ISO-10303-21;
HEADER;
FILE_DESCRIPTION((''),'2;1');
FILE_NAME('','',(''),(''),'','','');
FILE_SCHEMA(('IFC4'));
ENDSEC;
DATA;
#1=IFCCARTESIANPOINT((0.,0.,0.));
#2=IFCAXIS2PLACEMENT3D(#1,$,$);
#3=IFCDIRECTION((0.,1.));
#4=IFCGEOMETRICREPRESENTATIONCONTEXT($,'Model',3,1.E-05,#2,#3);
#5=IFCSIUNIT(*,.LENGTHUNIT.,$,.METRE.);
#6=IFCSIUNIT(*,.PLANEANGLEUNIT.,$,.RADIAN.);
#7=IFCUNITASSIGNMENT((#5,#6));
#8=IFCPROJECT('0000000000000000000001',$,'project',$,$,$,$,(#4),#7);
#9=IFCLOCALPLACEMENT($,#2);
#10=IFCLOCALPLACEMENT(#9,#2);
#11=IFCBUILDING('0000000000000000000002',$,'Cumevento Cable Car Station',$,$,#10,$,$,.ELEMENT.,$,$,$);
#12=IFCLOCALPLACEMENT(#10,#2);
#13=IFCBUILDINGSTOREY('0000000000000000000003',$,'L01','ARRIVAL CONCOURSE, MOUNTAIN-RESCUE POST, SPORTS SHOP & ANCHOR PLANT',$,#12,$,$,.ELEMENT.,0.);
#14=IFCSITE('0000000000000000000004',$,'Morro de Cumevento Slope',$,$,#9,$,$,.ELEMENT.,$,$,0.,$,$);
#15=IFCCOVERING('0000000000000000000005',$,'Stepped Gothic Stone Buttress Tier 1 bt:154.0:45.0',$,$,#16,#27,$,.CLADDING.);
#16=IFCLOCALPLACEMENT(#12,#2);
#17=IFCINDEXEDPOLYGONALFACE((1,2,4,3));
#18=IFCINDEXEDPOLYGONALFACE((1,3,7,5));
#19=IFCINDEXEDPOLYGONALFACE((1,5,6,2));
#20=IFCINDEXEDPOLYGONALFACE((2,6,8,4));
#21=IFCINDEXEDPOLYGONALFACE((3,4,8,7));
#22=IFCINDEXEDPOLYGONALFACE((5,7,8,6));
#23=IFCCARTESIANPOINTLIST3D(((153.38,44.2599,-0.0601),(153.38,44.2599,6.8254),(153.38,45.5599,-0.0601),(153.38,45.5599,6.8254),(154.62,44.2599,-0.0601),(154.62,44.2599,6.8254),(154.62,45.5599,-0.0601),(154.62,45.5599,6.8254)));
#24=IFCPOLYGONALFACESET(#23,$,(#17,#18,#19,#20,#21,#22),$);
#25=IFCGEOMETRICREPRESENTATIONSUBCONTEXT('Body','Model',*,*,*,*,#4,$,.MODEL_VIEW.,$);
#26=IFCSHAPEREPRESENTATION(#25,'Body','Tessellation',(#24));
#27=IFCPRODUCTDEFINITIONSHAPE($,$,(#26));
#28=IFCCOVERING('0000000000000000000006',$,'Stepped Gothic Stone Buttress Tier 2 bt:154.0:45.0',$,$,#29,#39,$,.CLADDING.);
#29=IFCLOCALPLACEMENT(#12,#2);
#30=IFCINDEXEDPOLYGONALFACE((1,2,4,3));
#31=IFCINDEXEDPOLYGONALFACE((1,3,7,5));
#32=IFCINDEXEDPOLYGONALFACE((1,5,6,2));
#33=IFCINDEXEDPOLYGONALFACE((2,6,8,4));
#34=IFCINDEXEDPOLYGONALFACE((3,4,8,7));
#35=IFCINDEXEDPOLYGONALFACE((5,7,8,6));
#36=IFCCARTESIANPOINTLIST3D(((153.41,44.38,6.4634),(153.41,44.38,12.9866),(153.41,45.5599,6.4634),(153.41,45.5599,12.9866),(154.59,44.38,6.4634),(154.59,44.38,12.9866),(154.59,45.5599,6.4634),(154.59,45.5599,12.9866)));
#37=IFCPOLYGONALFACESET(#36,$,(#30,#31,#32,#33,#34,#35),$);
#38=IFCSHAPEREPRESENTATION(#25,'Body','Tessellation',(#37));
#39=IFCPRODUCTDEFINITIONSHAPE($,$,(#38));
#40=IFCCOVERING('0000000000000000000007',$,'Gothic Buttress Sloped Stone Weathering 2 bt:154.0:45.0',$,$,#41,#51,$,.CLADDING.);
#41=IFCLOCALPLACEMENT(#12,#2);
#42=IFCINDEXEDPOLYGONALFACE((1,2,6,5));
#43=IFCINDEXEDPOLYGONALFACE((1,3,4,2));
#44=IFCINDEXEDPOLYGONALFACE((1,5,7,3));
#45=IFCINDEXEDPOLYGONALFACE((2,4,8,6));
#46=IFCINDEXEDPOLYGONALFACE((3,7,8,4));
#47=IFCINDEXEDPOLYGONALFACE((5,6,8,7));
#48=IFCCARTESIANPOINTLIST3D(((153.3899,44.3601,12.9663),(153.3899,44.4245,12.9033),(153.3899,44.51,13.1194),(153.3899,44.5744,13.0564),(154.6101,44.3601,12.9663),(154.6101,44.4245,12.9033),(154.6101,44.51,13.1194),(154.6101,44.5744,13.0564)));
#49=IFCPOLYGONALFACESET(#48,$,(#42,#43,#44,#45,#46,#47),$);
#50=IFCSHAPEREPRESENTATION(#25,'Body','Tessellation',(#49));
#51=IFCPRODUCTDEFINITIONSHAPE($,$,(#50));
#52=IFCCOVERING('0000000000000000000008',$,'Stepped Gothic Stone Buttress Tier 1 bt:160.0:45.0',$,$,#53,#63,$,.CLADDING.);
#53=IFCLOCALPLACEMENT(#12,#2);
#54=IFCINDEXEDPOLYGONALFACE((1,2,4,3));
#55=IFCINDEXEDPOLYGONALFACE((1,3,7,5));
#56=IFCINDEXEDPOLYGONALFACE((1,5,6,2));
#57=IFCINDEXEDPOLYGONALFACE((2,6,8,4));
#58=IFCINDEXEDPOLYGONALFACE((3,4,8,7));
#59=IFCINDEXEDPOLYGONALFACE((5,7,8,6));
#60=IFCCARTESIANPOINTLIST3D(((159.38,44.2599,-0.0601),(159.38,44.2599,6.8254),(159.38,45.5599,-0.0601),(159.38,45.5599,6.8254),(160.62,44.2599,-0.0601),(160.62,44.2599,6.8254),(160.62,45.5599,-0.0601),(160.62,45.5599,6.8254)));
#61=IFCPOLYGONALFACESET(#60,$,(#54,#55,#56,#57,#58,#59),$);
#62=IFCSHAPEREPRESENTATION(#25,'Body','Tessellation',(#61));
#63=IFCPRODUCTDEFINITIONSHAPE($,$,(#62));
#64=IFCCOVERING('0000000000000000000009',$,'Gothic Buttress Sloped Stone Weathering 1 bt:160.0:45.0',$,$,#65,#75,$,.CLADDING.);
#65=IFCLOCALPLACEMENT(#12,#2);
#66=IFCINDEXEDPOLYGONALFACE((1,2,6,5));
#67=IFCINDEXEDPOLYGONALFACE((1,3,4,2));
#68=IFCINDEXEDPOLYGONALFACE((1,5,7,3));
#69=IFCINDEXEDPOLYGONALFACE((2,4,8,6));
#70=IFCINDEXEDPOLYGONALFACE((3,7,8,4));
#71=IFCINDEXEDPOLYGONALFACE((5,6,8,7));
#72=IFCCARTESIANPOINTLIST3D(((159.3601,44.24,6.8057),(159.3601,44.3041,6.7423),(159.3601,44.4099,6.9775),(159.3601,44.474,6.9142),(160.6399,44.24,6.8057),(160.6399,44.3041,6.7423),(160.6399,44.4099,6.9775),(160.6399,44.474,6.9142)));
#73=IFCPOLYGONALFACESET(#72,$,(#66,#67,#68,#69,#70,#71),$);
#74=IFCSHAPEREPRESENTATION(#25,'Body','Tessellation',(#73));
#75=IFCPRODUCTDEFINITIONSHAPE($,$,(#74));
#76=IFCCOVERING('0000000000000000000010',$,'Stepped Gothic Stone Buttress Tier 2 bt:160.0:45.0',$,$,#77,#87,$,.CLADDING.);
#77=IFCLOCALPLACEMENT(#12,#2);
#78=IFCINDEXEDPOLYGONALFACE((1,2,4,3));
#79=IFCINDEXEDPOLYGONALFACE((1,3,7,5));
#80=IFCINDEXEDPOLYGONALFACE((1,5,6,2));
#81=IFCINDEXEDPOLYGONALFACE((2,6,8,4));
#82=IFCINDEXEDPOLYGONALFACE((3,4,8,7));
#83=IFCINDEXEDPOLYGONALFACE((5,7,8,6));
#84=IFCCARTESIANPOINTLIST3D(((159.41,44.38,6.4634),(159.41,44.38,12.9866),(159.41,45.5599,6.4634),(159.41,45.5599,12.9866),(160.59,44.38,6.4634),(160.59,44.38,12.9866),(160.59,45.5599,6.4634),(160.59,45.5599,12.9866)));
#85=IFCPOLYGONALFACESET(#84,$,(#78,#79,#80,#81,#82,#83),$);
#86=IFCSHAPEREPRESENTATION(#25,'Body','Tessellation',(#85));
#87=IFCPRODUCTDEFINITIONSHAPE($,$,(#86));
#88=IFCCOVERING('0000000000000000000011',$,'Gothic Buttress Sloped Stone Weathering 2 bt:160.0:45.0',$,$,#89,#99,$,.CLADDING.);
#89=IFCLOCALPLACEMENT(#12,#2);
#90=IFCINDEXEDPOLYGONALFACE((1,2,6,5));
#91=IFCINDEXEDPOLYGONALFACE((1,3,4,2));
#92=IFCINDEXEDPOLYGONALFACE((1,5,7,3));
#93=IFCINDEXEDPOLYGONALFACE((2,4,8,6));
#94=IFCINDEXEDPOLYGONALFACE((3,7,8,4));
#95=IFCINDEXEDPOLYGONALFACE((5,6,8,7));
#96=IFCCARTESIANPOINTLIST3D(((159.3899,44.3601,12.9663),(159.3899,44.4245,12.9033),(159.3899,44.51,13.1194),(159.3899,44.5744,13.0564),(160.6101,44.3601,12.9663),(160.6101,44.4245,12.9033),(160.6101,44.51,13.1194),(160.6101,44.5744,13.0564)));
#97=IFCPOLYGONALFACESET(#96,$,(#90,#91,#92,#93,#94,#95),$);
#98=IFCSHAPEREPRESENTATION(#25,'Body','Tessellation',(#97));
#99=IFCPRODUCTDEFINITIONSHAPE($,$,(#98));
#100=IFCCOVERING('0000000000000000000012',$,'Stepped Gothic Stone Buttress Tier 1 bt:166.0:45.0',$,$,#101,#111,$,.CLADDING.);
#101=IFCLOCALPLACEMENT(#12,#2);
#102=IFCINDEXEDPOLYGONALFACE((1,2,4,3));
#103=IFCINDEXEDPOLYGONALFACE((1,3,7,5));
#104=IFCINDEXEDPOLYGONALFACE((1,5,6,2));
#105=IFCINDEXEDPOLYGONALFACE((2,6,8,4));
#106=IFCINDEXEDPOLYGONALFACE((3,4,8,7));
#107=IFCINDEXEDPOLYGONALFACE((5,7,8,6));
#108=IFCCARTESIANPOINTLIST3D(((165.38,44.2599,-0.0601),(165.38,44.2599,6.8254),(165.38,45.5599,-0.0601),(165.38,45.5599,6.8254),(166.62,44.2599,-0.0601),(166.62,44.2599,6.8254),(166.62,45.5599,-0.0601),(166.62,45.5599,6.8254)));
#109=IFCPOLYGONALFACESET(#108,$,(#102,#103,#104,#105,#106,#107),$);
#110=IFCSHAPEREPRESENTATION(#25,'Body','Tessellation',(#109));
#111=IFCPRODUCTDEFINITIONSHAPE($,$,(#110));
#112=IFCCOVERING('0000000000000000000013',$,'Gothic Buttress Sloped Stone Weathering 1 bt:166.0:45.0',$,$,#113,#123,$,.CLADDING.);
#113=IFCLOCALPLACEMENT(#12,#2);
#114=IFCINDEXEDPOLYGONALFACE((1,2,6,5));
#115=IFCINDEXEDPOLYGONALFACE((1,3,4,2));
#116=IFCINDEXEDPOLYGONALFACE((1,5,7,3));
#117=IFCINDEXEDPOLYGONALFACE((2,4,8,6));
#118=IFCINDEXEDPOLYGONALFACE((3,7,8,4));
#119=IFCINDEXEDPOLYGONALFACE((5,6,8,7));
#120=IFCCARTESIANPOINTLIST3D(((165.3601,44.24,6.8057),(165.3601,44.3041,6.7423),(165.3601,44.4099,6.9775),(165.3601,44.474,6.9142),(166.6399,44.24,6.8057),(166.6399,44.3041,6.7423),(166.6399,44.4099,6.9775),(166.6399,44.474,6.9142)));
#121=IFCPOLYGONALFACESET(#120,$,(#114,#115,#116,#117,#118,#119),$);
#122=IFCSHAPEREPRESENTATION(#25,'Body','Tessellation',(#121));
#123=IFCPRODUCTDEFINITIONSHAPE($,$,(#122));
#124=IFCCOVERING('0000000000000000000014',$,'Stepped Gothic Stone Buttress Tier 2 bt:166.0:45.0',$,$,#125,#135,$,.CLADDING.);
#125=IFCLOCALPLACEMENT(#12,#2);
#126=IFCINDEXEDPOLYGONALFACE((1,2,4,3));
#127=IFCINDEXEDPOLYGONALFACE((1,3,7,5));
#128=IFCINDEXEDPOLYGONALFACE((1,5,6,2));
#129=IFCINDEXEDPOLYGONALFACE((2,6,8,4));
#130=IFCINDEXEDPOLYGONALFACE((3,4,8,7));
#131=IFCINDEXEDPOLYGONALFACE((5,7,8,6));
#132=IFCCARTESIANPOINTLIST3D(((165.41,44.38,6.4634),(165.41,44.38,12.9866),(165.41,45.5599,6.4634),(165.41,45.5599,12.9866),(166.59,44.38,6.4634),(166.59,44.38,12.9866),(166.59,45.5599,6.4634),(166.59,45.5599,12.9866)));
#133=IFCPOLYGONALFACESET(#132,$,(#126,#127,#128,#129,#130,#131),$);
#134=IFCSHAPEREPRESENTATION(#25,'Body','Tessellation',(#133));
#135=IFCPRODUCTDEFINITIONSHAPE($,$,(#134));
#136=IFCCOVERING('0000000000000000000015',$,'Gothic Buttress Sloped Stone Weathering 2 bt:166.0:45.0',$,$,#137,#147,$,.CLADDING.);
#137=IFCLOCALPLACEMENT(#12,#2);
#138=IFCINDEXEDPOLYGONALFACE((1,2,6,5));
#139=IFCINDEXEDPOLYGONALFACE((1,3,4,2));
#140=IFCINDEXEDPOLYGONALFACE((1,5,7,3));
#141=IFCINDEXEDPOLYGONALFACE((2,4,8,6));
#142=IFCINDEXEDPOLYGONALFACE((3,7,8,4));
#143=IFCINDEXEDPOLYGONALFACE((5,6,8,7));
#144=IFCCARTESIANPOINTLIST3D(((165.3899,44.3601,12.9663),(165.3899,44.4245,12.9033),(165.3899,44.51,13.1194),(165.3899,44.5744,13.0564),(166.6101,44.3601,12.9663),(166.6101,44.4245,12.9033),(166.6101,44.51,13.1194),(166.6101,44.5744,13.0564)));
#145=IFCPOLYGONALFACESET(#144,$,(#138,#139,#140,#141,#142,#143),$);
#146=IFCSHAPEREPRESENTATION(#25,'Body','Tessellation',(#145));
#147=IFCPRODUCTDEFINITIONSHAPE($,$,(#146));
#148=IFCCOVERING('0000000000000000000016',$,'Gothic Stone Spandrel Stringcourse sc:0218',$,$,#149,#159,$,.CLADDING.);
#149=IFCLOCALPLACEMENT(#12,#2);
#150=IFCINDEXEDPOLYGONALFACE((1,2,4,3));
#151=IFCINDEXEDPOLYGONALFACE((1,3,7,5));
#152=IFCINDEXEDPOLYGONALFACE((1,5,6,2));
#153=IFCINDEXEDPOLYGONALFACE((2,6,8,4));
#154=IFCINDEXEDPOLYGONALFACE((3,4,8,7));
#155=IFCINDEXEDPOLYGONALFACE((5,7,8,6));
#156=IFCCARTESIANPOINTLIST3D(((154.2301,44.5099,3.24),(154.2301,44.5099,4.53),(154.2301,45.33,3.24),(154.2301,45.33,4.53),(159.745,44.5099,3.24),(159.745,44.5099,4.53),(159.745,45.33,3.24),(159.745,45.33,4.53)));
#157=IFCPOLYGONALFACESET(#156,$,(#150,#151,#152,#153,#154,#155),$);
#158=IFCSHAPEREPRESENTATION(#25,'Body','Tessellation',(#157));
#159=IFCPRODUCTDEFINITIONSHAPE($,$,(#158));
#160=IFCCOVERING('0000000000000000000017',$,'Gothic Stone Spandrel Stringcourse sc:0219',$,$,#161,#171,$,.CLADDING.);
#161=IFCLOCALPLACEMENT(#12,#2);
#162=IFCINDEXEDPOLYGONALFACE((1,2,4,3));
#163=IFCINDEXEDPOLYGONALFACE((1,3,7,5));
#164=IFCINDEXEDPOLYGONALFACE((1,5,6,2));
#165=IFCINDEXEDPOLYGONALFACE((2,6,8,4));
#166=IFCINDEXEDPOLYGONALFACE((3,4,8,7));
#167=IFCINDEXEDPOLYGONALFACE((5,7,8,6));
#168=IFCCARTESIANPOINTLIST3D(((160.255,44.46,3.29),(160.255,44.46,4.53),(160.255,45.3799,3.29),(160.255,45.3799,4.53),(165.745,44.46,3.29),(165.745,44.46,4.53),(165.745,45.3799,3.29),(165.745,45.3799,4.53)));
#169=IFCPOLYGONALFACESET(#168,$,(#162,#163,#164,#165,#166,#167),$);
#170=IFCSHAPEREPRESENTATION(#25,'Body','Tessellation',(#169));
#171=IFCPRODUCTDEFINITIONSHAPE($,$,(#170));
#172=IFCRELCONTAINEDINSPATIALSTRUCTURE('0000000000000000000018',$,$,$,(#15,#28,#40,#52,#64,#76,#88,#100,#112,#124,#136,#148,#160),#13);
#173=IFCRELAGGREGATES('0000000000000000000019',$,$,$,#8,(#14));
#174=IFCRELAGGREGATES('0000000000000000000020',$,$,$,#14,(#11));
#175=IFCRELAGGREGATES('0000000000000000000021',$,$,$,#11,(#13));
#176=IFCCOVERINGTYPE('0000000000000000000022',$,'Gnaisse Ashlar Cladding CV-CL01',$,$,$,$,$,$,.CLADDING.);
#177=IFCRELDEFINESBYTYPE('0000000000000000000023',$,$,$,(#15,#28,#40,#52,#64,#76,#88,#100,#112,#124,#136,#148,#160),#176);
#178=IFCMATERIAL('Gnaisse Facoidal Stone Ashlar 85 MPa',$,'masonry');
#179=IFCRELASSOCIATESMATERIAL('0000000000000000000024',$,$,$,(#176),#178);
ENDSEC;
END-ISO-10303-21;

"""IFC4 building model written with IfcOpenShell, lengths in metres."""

from ifc_helpers import new_model, si_unit, direction, frame, origin, origin_2d, place, context, subcontext, project, spatial, polyline, rectangle, outline, extrude, material, type_object, element, save


model = new_model("IFC4")

# Units and contexts
model_context = context("Model", 3, precision=1e-05, world=origin(), true_north=direction((0.0, 1.0)))
body_context = subcontext(model_context, "Body", "Model", "MODEL_VIEW")
ifc_project = project(units=[si_unit("LENGTHUNIT", "METRE"), si_unit("PLANEANGLEUNIT", "RADIAN")], contexts=[model_context])

# Site, building, storey
site_placement = place(None, origin())
site = spatial("IfcSite", under=ifc_project, at=site_placement, Name="Morro de Cumevento Slope", CompositionType="ELEMENT", RefElevation=0.0)
building_placement = place(site_placement, origin())
building = spatial("IfcBuilding", under=site, at=building_placement, Name="Cumevento Cable Car Station", CompositionType="ELEMENT")
storey_placement = place(building_placement, origin())
storey = spatial("IfcBuildingStorey", under=building, at=storey_placement, Name="L01", Description="ARRIVAL CONCOURSE, MOUNTAIN-RESCUE POST, SPORTS SHOP & ANCHOR PLANT", CompositionType="ELEMENT", Elevation=0.0)

# Coverings
ifc_material_1 = material(Name="Gnaisse Facoidal Stone Ashlar 85 MPa", Category="masonry")
covering_type = type_object("IfcCoveringType", Name="Gnaisse Ashlar Cladding CV-CL01", PredefinedType="CLADDING", material=ifc_material_1)
covering_1_placement = place(storey_placement, frame((154.0, 44.9099, -0.0601), z_axis=(0.0, 0.0, 1.0), x_axis=(1.0, 0.0, 0.0)))
element("IfcCovering", 1, at=covering_1_placement, inside=storey, type_object=covering_type, Name="Stepped Gothic Stone Buttress Tier 1 bt:154.0:45.0", PredefinedType="CLADDING", context=body_context, shape_type="SweptSolid", body=[
    extrude(rectangle(XDim=1.24, YDim=1.3, at=origin_2d()), origin(), (0.0, 0.0, 1.0), 6.8855),
])
covering_2_placement = place(storey_placement, frame((154.0, 44.97, 6.4634), z_axis=(0.0, 0.0, 1.0), x_axis=(1.0, 0.0, 0.0)))
element("IfcCovering", 2, at=covering_2_placement, inside=storey, type_object=covering_type, Name="Stepped Gothic Stone Buttress Tier 2 bt:154.0:45.0", PredefinedType="CLADDING", context=body_context, shape_type="SweptSolid", body=[
    extrude(rectangle(XDim=1.1799, YDim=1.1799, at=origin_2d()), origin(), (0.0, 0.0, 1.0), 6.5232),
])
covering_3_placement = place(storey_placement, frame((153.3899, 44.3601, 12.9663), z_axis=(0.0, -0.714475, 0.699661), x_axis=(1.0, 0.0, 0.0)))
element("IfcCovering", 3, at=covering_3_placement, inside=storey, type_object=covering_type, Name="Gothic Buttress Sloped Stone Weathering 2 bt:154.0:45.0", PredefinedType="CLADDING", context=body_context, shape_type="SweptSolid", body=[
    extrude(outline(polyline([(0.0, 0.0), (1.2202, 0.0), (1.2202, 0.2142), (0.0, 0.2142), (0.0, 0.0)])), origin(), (0.0, 0.0, -1.0), 0.0901),
])
covering_4_placement = place(storey_placement, frame((160.0, 44.9099, -0.0601), z_axis=(0.0, 0.0, 1.0), x_axis=(1.0, 0.0, 0.0)))
element("IfcCovering", 4, at=covering_4_placement, inside=storey, type_object=covering_type, Name="Stepped Gothic Stone Buttress Tier 1 bt:160.0:45.0", PredefinedType="CLADDING", context=body_context, shape_type="SweptSolid", body=[
    extrude(rectangle(XDim=1.24, YDim=1.3, at=origin_2d()), origin(), (0.0, 0.0, 1.0), 6.8855),
])
covering_5_placement = place(storey_placement, frame((159.3601, 44.24, 6.8057), z_axis=(0.0, -0.711136, 0.703055), x_axis=(1.0, 0.0, 0.0)))
element("IfcCovering", 5, at=covering_5_placement, inside=storey, type_object=covering_type, Name="Gothic Buttress Sloped Stone Weathering 1 bt:160.0:45.0", PredefinedType="CLADDING", context=body_context, shape_type="SweptSolid", body=[
    extrude(outline(polyline([(0.0, 0.0), (1.2798, 0.0), (1.2798, 0.2417), (0.0, 0.2417), (0.0, 0.0)])), origin(), (0.0, 0.0, -1.0), 0.0901),
])
covering_6_placement = place(storey_placement, frame((160.0, 44.97, 6.4634), z_axis=(0.0, 0.0, 1.0), x_axis=(1.0, 0.0, 0.0)))
element("IfcCovering", 6, at=covering_6_placement, inside=storey, type_object=covering_type, Name="Stepped Gothic Stone Buttress Tier 2 bt:160.0:45.0", PredefinedType="CLADDING", context=body_context, shape_type="SweptSolid", body=[
    extrude(rectangle(XDim=1.1799, YDim=1.1799, at=origin_2d()), origin(), (0.0, 0.0, 1.0), 6.5232),
])
covering_7_placement = place(storey_placement, frame((159.3899, 44.3601, 12.9663), z_axis=(0.0, -0.714475, 0.699661), x_axis=(1.0, 0.0, 0.0)))
element("IfcCovering", 7, at=covering_7_placement, inside=storey, type_object=covering_type, Name="Gothic Buttress Sloped Stone Weathering 2 bt:160.0:45.0", PredefinedType="CLADDING", context=body_context, shape_type="SweptSolid", body=[
    extrude(outline(polyline([(0.0, 0.0), (1.2202, 0.0), (1.2202, 0.2142), (0.0, 0.2142), (0.0, 0.0)])), origin(), (0.0, 0.0, -1.0), 0.0901),
])
covering_8_placement = place(storey_placement, frame((166.0, 44.9099, -0.0601), z_axis=(0.0, 0.0, 1.0), x_axis=(1.0, 0.0, 0.0)))
element("IfcCovering", 8, at=covering_8_placement, inside=storey, type_object=covering_type, Name="Stepped Gothic Stone Buttress Tier 1 bt:166.0:45.0", PredefinedType="CLADDING", context=body_context, shape_type="SweptSolid", body=[
    extrude(rectangle(XDim=1.24, YDim=1.3, at=origin_2d()), origin(), (0.0, 0.0, 1.0), 6.8855),
])
covering_9_placement = place(storey_placement, frame((165.3601, 44.24, 6.8057), z_axis=(0.0, -0.711136, 0.703055), x_axis=(1.0, 0.0, 0.0)))
element("IfcCovering", 9, at=covering_9_placement, inside=storey, type_object=covering_type, Name="Gothic Buttress Sloped Stone Weathering 1 bt:166.0:45.0", PredefinedType="CLADDING", context=body_context, shape_type="SweptSolid", body=[
    extrude(outline(polyline([(0.0, 0.0), (1.2798, 0.0), (1.2798, 0.2417), (0.0, 0.2417), (0.0, 0.0)])), origin(), (0.0, 0.0, -1.0), 0.0901),
])
covering_10_placement = place(storey_placement, frame((166.0, 44.97, 6.4634), z_axis=(0.0, 0.0, 1.0), x_axis=(1.0, 0.0, 0.0)))
element("IfcCovering", 10, at=covering_10_placement, inside=storey, type_object=covering_type, Name="Stepped Gothic Stone Buttress Tier 2 bt:166.0:45.0", PredefinedType="CLADDING", context=body_context, shape_type="SweptSolid", body=[
    extrude(rectangle(XDim=1.1799, YDim=1.1799, at=origin_2d()), origin(), (0.0, 0.0, 1.0), 6.5232),
])
covering_11_placement = place(storey_placement, frame((165.3899, 44.3601, 12.9663), z_axis=(0.0, -0.714475, 0.699661), x_axis=(1.0, 0.0, 0.0)))
element("IfcCovering", 11, at=covering_11_placement, inside=storey, type_object=covering_type, Name="Gothic Buttress Sloped Stone Weathering 2 bt:166.0:45.0", PredefinedType="CLADDING", context=body_context, shape_type="SweptSolid", body=[
    extrude(outline(polyline([(0.0, 0.0), (1.2202, 0.0), (1.2202, 0.2142), (0.0, 0.2142), (0.0, 0.0)])), origin(), (0.0, 0.0, -1.0), 0.0901),
])
covering_12_placement = place(storey_placement, frame((156.9875, 44.9199, 3.24), z_axis=(0.0, 0.0, 1.0), x_axis=(1.0, 0.0, 0.0)))
element("IfcCovering", 12, at=covering_12_placement, inside=storey, type_object=covering_type, Name="Gothic Stone Spandrel Stringcourse sc:0218", PredefinedType="CLADDING", context=body_context, shape_type="SweptSolid", body=[
    extrude(rectangle(XDim=5.5149, YDim=0.8201, at=origin_2d()), origin(), (0.0, 0.0, 1.0), 1.29),
])
covering_13_placement = place(storey_placement, frame((163.0, 44.9199, 3.29), z_axis=(0.0, 0.0, 1.0), x_axis=(1.0, 0.0, 0.0)))
element("IfcCovering", 13, at=covering_13_placement, inside=storey, type_object=covering_type, Name="Gothic Stone Spandrel Stringcourse sc:0219", PredefinedType="CLADDING", context=body_context, shape_type="SweptSolid", body=[
    extrude(rectangle(XDim=5.49, YDim=0.9199, at=origin_2d()), origin(), (0.0, 0.0, 1.0), 1.24),
])

save(model, "model.ifc")
